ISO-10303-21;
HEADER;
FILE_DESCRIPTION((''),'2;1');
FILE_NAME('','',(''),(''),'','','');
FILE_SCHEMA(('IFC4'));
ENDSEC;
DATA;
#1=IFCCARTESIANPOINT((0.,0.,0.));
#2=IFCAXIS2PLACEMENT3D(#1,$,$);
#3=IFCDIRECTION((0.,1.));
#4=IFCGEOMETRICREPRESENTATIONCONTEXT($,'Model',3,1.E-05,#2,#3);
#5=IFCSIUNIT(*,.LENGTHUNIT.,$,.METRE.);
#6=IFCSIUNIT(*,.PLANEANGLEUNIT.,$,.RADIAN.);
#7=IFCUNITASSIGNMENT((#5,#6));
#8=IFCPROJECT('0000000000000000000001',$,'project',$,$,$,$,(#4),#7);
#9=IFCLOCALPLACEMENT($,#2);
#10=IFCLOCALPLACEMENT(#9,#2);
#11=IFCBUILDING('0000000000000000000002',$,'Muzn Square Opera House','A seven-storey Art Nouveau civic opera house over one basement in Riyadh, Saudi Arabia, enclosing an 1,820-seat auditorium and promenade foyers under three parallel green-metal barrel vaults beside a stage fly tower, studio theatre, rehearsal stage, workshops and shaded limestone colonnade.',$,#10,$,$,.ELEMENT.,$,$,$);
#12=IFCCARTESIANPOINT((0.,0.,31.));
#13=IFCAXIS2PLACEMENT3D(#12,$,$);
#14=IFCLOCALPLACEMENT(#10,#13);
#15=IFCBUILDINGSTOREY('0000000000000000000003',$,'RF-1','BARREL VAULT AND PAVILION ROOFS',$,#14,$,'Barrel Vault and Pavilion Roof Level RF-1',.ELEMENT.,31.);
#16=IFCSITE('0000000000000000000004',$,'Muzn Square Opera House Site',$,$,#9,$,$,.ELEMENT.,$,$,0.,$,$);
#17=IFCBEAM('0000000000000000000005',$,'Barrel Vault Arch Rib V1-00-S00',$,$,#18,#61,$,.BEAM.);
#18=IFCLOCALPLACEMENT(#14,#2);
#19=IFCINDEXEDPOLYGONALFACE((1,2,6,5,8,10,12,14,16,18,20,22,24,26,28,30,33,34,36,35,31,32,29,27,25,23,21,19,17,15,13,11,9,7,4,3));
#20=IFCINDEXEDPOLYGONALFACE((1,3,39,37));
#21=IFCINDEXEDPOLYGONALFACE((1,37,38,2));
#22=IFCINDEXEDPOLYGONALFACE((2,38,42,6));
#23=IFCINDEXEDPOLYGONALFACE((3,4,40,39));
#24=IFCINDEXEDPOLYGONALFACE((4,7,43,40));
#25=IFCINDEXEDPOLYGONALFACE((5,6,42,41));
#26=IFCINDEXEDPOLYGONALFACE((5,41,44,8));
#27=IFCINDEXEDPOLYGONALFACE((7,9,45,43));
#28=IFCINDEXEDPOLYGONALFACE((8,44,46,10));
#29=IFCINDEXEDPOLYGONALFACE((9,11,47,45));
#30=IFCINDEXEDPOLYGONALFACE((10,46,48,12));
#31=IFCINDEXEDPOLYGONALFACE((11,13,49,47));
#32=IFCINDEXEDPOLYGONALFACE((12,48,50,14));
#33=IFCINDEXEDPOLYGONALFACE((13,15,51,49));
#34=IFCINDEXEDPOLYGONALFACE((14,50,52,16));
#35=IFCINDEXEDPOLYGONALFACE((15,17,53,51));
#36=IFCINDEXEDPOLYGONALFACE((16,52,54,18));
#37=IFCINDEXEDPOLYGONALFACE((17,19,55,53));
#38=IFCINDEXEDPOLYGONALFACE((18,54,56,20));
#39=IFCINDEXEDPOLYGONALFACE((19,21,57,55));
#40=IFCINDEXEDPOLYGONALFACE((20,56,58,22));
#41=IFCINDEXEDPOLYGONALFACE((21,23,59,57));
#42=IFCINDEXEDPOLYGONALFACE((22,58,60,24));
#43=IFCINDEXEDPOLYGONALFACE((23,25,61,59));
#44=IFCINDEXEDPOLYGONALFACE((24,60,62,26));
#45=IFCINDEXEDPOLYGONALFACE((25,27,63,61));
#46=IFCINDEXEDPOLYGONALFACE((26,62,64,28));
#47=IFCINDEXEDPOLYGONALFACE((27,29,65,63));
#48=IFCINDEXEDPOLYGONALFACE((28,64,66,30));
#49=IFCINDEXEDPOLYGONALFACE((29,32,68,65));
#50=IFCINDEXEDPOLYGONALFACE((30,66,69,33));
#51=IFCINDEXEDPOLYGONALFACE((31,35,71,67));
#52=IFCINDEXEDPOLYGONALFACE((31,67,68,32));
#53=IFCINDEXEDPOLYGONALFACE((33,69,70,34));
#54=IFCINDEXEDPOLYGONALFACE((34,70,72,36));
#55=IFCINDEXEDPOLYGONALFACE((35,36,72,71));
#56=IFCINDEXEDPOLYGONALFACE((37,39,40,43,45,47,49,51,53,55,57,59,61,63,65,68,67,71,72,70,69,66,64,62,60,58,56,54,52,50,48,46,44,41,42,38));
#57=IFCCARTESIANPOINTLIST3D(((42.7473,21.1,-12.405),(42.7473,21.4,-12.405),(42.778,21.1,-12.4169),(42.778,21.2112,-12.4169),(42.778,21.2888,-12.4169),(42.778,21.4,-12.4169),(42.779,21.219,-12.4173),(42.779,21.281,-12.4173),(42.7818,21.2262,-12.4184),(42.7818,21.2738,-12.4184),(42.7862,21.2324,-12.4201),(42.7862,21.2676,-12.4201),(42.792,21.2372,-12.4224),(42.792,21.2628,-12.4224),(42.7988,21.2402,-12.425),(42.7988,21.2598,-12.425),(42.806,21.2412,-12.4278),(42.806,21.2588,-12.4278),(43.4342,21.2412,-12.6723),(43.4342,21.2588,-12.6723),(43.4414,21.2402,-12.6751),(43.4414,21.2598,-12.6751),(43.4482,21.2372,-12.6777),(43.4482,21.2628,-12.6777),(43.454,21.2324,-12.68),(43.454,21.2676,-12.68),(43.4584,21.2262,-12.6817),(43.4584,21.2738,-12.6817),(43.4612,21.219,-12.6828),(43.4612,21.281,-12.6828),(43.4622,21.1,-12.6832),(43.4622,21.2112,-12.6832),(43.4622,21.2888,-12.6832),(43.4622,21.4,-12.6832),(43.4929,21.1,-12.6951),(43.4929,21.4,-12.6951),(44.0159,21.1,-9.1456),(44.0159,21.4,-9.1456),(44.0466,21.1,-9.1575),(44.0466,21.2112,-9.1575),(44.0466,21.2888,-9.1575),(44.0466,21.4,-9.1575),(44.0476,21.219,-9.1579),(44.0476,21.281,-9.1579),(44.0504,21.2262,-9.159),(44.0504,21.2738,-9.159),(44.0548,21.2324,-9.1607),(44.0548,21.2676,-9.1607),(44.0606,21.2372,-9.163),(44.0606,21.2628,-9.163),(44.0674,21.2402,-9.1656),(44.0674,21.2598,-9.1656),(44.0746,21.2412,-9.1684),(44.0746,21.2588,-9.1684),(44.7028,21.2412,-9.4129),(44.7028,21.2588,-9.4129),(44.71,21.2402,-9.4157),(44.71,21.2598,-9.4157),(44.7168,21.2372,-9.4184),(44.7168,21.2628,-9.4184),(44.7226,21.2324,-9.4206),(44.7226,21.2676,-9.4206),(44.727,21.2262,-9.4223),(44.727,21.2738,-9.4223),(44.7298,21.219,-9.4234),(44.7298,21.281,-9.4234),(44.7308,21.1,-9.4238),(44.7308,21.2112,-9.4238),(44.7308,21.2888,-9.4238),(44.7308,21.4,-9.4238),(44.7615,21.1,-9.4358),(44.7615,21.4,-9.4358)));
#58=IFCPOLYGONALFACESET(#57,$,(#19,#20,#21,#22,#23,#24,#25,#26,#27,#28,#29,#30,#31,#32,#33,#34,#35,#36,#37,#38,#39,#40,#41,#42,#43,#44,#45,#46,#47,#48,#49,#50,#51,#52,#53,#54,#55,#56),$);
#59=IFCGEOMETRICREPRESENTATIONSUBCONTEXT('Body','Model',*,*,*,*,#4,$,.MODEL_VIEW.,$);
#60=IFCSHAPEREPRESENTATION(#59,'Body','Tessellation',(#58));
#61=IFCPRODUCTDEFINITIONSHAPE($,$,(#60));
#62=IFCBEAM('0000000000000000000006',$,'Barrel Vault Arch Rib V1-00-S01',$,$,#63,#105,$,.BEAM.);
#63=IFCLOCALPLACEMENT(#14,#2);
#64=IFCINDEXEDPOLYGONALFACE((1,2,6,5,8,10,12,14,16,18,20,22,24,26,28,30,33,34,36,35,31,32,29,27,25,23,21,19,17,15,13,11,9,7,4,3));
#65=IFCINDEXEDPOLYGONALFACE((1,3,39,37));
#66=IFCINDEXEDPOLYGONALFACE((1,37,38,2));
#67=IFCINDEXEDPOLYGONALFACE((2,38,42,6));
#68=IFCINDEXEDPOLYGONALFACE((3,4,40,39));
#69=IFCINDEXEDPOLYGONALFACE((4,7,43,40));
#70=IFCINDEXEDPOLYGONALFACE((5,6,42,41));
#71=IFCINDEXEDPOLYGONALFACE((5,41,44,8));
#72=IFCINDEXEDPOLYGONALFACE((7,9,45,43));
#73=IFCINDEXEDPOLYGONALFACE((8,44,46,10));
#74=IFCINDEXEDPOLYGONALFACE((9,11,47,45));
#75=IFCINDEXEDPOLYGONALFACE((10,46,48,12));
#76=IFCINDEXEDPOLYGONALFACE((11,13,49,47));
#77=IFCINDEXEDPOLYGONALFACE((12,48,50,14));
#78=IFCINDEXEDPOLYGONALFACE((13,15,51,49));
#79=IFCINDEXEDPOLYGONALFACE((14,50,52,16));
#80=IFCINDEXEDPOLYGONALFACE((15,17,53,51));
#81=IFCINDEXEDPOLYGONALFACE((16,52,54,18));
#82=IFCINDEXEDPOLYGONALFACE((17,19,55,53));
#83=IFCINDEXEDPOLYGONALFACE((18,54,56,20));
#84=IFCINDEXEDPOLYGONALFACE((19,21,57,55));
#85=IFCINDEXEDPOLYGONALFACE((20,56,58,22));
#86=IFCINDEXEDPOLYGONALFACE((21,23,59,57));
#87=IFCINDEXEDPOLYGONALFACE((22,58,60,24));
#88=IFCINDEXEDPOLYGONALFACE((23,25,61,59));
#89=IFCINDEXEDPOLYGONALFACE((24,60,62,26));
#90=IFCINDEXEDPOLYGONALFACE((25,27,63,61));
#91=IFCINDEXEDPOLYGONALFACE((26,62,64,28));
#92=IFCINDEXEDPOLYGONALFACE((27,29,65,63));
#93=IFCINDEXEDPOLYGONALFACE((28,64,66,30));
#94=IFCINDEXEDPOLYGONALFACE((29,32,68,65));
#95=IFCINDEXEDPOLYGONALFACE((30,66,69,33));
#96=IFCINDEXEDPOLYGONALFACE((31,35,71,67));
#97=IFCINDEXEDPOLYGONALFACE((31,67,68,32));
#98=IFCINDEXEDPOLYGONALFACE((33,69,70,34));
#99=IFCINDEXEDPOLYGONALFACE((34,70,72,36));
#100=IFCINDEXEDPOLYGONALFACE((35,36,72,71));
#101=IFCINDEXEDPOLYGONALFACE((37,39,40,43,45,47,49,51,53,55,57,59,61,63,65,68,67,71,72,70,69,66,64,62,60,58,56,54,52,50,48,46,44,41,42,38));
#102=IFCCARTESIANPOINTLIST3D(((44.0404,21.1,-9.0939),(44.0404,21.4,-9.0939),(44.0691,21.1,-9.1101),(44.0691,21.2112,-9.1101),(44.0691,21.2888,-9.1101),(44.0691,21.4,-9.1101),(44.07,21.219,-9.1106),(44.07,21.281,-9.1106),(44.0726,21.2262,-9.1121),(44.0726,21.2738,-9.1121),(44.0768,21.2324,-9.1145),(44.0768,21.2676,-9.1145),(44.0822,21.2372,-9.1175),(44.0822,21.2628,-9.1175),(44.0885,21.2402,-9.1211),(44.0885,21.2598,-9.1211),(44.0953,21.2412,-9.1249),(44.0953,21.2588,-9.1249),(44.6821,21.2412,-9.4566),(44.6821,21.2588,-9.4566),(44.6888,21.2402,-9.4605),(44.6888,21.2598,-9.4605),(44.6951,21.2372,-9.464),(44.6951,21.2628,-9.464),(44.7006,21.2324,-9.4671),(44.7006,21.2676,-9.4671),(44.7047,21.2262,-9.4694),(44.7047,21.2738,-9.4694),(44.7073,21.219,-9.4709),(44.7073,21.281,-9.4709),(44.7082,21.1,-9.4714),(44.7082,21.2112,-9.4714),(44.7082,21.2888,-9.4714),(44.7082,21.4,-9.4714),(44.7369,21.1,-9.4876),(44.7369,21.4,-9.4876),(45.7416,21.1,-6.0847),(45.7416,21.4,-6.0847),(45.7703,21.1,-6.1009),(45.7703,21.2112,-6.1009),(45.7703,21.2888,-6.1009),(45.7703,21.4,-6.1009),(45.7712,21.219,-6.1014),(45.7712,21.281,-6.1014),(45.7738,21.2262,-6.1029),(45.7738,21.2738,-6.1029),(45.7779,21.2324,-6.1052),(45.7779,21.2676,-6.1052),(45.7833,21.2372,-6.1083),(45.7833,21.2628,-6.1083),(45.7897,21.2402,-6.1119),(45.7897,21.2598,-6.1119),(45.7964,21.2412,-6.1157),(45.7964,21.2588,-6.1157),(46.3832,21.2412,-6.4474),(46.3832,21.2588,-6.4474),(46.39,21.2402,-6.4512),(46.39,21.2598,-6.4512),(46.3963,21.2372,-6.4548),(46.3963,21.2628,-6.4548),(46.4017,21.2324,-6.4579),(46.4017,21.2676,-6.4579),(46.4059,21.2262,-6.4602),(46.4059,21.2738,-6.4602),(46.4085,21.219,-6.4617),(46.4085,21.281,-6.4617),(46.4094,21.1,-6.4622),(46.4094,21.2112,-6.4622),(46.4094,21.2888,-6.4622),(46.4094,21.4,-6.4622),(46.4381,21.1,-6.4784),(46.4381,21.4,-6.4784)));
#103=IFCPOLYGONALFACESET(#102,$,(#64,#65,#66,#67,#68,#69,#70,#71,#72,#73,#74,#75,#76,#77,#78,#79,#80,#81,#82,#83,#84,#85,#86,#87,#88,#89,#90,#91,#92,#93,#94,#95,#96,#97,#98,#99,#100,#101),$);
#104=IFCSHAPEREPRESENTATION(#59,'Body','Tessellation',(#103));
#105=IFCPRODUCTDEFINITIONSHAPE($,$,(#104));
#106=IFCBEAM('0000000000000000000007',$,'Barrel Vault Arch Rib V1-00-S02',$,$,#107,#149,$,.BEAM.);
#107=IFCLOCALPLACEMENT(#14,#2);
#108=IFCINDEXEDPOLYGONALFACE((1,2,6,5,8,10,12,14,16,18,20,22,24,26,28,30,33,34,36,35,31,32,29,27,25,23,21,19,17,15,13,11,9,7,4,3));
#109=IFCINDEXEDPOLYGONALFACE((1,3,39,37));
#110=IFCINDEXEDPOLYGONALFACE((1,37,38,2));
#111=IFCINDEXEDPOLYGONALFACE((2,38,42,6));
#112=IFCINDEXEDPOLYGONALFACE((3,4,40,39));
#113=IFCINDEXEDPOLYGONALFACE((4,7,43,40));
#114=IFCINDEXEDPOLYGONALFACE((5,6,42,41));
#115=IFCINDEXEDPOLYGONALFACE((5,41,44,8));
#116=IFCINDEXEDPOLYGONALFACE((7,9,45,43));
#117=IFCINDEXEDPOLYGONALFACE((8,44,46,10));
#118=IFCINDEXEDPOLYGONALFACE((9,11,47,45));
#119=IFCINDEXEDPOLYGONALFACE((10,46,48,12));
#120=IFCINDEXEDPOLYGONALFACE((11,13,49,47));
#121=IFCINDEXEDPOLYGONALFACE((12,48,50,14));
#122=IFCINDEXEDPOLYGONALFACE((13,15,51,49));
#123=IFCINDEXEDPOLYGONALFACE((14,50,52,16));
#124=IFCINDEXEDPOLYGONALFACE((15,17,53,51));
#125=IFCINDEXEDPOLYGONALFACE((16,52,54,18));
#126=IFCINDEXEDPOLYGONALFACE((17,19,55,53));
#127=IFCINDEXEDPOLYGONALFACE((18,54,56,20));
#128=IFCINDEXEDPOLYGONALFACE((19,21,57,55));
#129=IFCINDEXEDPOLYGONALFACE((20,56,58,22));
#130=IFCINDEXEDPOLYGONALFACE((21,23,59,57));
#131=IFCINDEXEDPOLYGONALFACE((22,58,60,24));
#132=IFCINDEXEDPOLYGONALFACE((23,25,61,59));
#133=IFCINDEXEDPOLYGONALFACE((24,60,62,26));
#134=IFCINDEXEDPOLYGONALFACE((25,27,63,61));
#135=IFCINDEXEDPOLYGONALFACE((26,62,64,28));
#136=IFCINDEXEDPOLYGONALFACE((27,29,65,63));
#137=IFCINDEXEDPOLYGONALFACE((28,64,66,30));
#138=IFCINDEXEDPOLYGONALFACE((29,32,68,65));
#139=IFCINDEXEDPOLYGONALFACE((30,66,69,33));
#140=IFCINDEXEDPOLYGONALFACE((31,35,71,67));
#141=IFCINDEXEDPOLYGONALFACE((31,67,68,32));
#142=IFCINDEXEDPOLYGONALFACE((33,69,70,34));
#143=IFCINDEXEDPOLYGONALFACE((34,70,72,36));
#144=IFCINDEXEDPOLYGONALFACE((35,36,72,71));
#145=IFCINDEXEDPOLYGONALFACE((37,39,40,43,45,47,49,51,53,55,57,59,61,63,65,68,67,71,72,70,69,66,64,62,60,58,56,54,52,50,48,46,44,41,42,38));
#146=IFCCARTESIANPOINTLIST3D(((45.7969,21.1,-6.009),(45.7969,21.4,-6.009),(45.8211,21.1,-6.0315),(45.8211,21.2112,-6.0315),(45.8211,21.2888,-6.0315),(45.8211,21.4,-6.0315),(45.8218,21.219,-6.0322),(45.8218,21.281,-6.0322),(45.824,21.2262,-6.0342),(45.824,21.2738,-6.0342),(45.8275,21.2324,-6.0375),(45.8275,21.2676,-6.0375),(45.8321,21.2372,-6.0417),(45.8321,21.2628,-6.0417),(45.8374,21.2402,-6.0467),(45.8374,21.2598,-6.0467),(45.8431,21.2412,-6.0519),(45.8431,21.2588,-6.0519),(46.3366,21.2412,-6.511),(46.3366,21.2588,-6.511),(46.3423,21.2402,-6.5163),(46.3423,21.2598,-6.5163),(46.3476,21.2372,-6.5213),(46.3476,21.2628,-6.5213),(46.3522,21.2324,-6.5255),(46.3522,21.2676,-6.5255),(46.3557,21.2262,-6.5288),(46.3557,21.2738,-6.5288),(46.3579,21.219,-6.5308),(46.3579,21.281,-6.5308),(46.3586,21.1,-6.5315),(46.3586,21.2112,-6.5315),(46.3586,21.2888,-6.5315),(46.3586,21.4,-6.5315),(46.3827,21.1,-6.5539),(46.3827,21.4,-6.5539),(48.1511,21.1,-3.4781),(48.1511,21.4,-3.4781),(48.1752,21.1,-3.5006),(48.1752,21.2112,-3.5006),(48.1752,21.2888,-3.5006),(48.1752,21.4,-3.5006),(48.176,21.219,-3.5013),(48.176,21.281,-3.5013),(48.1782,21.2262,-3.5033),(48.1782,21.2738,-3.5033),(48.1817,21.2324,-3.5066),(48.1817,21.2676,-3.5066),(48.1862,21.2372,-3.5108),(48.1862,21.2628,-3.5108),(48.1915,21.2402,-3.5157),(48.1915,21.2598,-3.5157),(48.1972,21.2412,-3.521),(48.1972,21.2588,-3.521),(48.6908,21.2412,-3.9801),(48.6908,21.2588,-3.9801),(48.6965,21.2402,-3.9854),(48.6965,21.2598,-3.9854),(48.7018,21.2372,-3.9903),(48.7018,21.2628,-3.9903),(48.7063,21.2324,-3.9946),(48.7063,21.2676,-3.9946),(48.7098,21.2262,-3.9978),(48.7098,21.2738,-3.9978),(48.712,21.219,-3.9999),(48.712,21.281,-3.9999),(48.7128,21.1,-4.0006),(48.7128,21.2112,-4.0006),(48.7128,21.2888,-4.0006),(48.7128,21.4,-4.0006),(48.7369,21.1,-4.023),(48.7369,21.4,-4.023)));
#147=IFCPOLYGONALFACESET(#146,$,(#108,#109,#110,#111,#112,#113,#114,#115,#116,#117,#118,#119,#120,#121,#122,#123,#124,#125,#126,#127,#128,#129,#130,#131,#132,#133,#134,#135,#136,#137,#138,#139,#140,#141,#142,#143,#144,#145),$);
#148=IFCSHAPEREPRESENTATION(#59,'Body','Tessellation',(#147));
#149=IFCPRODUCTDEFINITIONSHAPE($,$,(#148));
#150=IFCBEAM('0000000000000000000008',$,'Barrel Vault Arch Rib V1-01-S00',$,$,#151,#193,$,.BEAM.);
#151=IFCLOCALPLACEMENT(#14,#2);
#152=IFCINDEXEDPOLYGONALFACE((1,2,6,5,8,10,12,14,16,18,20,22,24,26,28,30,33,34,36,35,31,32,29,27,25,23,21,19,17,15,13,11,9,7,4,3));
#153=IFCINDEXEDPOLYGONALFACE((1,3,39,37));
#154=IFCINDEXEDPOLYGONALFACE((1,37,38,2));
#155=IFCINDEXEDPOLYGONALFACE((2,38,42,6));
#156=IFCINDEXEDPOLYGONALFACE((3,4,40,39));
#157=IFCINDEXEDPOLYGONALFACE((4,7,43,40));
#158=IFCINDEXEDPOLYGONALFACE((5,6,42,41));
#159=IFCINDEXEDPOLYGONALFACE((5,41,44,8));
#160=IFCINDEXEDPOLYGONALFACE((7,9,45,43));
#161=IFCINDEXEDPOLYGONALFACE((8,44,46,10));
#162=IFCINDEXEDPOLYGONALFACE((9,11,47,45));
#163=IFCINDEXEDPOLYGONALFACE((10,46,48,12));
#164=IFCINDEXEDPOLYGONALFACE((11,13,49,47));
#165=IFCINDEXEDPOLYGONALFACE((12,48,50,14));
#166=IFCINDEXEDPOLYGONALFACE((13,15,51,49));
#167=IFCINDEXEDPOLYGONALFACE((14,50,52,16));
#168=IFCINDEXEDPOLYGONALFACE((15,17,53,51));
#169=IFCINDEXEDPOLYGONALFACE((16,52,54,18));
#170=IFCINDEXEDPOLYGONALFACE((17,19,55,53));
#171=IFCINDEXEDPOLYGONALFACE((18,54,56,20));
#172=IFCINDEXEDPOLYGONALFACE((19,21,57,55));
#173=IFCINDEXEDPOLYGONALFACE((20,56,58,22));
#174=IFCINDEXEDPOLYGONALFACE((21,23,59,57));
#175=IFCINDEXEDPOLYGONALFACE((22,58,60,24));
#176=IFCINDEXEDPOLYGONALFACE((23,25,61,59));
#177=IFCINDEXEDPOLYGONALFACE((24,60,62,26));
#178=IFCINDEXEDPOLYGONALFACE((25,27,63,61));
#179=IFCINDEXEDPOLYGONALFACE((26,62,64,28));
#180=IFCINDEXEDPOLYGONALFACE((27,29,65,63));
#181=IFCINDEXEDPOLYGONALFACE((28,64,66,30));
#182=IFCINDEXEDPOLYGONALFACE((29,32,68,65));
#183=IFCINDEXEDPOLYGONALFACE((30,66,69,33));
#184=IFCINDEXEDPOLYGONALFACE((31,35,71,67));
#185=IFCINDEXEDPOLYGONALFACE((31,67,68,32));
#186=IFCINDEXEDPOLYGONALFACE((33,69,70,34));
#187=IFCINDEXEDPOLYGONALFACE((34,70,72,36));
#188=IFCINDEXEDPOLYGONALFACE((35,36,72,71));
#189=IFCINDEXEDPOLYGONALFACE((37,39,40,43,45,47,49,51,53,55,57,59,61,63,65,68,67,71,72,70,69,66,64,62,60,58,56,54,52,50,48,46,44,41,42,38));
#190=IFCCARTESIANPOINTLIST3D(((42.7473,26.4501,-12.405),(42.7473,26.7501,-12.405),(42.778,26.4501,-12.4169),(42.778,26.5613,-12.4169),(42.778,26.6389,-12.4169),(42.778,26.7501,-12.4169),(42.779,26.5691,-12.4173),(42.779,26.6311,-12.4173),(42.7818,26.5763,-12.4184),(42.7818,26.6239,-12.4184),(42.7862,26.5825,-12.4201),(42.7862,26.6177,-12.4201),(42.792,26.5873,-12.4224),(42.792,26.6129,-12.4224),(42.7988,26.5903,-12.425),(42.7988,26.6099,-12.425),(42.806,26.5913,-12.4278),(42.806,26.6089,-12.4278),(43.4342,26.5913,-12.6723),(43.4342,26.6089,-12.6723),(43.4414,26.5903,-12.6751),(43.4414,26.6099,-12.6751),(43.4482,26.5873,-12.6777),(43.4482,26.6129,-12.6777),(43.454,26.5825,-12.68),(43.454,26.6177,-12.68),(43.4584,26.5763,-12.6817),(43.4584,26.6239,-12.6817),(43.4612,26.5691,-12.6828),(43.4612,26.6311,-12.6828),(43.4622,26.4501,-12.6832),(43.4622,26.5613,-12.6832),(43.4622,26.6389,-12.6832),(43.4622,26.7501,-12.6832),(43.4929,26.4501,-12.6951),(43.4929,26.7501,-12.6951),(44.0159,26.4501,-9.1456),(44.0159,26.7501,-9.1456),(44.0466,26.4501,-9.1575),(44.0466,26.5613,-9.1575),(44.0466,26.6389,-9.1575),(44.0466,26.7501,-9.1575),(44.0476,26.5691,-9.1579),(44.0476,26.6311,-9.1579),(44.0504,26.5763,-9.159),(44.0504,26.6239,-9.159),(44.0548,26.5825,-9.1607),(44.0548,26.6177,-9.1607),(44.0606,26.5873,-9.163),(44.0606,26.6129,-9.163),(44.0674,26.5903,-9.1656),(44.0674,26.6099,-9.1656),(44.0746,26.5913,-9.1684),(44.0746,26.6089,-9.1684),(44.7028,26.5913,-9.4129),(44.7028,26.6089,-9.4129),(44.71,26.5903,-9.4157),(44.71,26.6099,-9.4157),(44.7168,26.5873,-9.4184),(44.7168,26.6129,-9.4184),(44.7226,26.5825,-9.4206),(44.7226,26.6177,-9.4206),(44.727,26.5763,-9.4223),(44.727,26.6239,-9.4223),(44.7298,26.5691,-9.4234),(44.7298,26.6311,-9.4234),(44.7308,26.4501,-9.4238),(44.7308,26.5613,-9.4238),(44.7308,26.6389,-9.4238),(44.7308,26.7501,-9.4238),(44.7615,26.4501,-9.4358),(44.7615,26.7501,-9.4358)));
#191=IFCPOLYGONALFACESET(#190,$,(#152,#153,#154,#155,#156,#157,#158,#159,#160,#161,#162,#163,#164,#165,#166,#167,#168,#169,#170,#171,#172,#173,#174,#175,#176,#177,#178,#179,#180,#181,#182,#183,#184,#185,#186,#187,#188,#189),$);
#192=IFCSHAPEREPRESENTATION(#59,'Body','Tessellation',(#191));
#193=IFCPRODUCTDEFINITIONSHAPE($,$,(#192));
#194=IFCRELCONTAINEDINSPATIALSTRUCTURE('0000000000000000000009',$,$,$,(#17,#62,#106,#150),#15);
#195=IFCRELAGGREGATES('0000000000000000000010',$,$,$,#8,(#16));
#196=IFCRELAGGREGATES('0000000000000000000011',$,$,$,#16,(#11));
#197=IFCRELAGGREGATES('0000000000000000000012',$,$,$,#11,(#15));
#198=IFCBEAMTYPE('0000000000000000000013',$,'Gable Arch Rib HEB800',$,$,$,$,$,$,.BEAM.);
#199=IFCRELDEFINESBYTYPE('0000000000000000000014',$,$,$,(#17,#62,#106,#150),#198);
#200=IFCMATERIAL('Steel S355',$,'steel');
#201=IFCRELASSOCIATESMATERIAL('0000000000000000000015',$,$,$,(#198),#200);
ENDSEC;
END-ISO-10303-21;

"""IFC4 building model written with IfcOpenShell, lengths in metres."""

from ifc_helpers import new_model, si_unit, direction, frame, origin, origin_2d, place, context, subcontext, project, spatial, i_section, extrude, material, material_profile, profile_set, type_object, element, save


model = new_model("IFC4")

# Units and contexts
model_context = context("Model", 3, precision=1e-05, world=origin(), true_north=direction((0.0, 1.0)))
body_context = subcontext(model_context, "Body", "Model", "MODEL_VIEW")
ifc_project = project(units=[si_unit("LENGTHUNIT", "METRE"), si_unit("PLANEANGLEUNIT", "RADIAN")], contexts=[model_context])

# Site, building, storey
site_placement = place(None, origin())
site = spatial("IfcSite", under=ifc_project, at=site_placement, Name="Muzn Square Opera House Site", CompositionType="ELEMENT", RefElevation=0.0)
building_placement = place(site_placement, origin())
building = spatial("IfcBuilding", under=site, at=building_placement, Name="Muzn Square Opera House", Description="A seven-storey Art Nouveau civic opera house over one basement in Riyadh, Saudi Arabia, enclosing an 1,820-seat auditorium and promenade foyers under three parallel green-metal barrel vaults beside a stage fly tower, studio theatre, rehearsal stage, workshops and shaded limestone colonnade.", CompositionType="ELEMENT")
storey_placement = place(building_placement, frame((0.0, 0.0, 31.0)))
storey = spatial("IfcBuildingStorey", under=building, at=storey_placement, Name="RF-1", Description="BARREL VAULT AND PAVILION ROOFS", LongName="Barrel Vault and Pavilion Roof Level RF-1", CompositionType="ELEMENT", Elevation=31.0)

# Beams
ifc_material_1 = material(Name="Steel S355", Category="steel")
ifc_material_profile_1 = material_profile(ifc_material_1, i_section(OverallWidth=0.3, OverallDepth=0.8, WebThickness=0.0176, FlangeThickness=0.033, FilletRadius=0.03, at=origin_2d()), Name="HEB 800", Category="steel")
ifc_profile_set_1 = profile_set([ifc_material_profile_1], Name="Steel S355")
beam_type_1 = type_object("IfcBeamType", Name="Gable Arch Rib HEB800", PredefinedType="BEAM", material=ifc_profile_set_1)
beam_1_placement = place(storey_placement, frame((43.1201, 21.25, -12.55), z_axis=(0.362709, 0.0, 0.931902), x_axis=(0.0, 1.0, 0.0)))
element("IfcBeam", 1, at=beam_1_placement, inside=storey, type_object=beam_type_1, Name="Barrel Vault Arch Rib V1-00-S00", PredefinedType="BEAM", context=body_context, shape_type="SweptSolid", body=[
    extrude(i_section(OverallWidth=0.3, OverallDepth=0.8, WebThickness=0.0176, FlangeThickness=0.033, FilletRadius=0.03, at=origin_2d()), origin(), (0.0, 0.0, 1.0), 3.4976),
])
beam_2_placement = place(storey_placement, frame((44.3887, 21.25, -9.2908), z_axis=(0.492118, 0.0, 0.870529), x_axis=(0.0, 1.0, 0.0)))
element("IfcBeam", 2, at=beam_2_placement, inside=storey, type_object=beam_type_1, Name="Barrel Vault Arch Rib V1-00-S01", PredefinedType="BEAM", context=body_context, shape_type="SweptSolid", body=[
    extrude(i_section(OverallWidth=0.3, OverallDepth=0.8, WebThickness=0.0176, FlangeThickness=0.033, FilletRadius=0.03, at=origin_2d()), origin(), (0.0, 0.0, 1.0), 3.4568),
])
beam_3_placement = place(storey_placement, frame((46.0898, 21.25, -6.2815), z_axis=(0.681077, 0.0, 0.732212), x_axis=(0.0, 1.0, 0.0)))
element("IfcBeam", 3, at=beam_3_placement, inside=storey, type_object=beam_type_1, Name="Barrel Vault Arch Rib V1-00-S02", PredefinedType="BEAM", context=body_context, shape_type="SweptSolid", body=[
    extrude(i_section(OverallWidth=0.3, OverallDepth=0.8, WebThickness=0.0176, FlangeThickness=0.033, FilletRadius=0.03, at=origin_2d()), origin(), (0.0, 0.0, 1.0), 3.4565),
])
beam_4_placement = place(storey_placement, frame((43.1201, 26.6001, -12.55), z_axis=(0.362709, 0.0, 0.931902), x_axis=(0.0, 1.0, 0.0)))
element("IfcBeam", 4, at=beam_4_placement, inside=storey, type_object=beam_type_1, Name="Barrel Vault Arch Rib V1-01-S00", PredefinedType="BEAM", context=body_context, shape_type="SweptSolid", body=[
    extrude(i_section(OverallWidth=0.3, OverallDepth=0.8, WebThickness=0.0176, FlangeThickness=0.033, FilletRadius=0.03, at=origin_2d()), origin(), (0.0, 0.0, 1.0), 3.4976),
])

save(model, "model.ifc")
